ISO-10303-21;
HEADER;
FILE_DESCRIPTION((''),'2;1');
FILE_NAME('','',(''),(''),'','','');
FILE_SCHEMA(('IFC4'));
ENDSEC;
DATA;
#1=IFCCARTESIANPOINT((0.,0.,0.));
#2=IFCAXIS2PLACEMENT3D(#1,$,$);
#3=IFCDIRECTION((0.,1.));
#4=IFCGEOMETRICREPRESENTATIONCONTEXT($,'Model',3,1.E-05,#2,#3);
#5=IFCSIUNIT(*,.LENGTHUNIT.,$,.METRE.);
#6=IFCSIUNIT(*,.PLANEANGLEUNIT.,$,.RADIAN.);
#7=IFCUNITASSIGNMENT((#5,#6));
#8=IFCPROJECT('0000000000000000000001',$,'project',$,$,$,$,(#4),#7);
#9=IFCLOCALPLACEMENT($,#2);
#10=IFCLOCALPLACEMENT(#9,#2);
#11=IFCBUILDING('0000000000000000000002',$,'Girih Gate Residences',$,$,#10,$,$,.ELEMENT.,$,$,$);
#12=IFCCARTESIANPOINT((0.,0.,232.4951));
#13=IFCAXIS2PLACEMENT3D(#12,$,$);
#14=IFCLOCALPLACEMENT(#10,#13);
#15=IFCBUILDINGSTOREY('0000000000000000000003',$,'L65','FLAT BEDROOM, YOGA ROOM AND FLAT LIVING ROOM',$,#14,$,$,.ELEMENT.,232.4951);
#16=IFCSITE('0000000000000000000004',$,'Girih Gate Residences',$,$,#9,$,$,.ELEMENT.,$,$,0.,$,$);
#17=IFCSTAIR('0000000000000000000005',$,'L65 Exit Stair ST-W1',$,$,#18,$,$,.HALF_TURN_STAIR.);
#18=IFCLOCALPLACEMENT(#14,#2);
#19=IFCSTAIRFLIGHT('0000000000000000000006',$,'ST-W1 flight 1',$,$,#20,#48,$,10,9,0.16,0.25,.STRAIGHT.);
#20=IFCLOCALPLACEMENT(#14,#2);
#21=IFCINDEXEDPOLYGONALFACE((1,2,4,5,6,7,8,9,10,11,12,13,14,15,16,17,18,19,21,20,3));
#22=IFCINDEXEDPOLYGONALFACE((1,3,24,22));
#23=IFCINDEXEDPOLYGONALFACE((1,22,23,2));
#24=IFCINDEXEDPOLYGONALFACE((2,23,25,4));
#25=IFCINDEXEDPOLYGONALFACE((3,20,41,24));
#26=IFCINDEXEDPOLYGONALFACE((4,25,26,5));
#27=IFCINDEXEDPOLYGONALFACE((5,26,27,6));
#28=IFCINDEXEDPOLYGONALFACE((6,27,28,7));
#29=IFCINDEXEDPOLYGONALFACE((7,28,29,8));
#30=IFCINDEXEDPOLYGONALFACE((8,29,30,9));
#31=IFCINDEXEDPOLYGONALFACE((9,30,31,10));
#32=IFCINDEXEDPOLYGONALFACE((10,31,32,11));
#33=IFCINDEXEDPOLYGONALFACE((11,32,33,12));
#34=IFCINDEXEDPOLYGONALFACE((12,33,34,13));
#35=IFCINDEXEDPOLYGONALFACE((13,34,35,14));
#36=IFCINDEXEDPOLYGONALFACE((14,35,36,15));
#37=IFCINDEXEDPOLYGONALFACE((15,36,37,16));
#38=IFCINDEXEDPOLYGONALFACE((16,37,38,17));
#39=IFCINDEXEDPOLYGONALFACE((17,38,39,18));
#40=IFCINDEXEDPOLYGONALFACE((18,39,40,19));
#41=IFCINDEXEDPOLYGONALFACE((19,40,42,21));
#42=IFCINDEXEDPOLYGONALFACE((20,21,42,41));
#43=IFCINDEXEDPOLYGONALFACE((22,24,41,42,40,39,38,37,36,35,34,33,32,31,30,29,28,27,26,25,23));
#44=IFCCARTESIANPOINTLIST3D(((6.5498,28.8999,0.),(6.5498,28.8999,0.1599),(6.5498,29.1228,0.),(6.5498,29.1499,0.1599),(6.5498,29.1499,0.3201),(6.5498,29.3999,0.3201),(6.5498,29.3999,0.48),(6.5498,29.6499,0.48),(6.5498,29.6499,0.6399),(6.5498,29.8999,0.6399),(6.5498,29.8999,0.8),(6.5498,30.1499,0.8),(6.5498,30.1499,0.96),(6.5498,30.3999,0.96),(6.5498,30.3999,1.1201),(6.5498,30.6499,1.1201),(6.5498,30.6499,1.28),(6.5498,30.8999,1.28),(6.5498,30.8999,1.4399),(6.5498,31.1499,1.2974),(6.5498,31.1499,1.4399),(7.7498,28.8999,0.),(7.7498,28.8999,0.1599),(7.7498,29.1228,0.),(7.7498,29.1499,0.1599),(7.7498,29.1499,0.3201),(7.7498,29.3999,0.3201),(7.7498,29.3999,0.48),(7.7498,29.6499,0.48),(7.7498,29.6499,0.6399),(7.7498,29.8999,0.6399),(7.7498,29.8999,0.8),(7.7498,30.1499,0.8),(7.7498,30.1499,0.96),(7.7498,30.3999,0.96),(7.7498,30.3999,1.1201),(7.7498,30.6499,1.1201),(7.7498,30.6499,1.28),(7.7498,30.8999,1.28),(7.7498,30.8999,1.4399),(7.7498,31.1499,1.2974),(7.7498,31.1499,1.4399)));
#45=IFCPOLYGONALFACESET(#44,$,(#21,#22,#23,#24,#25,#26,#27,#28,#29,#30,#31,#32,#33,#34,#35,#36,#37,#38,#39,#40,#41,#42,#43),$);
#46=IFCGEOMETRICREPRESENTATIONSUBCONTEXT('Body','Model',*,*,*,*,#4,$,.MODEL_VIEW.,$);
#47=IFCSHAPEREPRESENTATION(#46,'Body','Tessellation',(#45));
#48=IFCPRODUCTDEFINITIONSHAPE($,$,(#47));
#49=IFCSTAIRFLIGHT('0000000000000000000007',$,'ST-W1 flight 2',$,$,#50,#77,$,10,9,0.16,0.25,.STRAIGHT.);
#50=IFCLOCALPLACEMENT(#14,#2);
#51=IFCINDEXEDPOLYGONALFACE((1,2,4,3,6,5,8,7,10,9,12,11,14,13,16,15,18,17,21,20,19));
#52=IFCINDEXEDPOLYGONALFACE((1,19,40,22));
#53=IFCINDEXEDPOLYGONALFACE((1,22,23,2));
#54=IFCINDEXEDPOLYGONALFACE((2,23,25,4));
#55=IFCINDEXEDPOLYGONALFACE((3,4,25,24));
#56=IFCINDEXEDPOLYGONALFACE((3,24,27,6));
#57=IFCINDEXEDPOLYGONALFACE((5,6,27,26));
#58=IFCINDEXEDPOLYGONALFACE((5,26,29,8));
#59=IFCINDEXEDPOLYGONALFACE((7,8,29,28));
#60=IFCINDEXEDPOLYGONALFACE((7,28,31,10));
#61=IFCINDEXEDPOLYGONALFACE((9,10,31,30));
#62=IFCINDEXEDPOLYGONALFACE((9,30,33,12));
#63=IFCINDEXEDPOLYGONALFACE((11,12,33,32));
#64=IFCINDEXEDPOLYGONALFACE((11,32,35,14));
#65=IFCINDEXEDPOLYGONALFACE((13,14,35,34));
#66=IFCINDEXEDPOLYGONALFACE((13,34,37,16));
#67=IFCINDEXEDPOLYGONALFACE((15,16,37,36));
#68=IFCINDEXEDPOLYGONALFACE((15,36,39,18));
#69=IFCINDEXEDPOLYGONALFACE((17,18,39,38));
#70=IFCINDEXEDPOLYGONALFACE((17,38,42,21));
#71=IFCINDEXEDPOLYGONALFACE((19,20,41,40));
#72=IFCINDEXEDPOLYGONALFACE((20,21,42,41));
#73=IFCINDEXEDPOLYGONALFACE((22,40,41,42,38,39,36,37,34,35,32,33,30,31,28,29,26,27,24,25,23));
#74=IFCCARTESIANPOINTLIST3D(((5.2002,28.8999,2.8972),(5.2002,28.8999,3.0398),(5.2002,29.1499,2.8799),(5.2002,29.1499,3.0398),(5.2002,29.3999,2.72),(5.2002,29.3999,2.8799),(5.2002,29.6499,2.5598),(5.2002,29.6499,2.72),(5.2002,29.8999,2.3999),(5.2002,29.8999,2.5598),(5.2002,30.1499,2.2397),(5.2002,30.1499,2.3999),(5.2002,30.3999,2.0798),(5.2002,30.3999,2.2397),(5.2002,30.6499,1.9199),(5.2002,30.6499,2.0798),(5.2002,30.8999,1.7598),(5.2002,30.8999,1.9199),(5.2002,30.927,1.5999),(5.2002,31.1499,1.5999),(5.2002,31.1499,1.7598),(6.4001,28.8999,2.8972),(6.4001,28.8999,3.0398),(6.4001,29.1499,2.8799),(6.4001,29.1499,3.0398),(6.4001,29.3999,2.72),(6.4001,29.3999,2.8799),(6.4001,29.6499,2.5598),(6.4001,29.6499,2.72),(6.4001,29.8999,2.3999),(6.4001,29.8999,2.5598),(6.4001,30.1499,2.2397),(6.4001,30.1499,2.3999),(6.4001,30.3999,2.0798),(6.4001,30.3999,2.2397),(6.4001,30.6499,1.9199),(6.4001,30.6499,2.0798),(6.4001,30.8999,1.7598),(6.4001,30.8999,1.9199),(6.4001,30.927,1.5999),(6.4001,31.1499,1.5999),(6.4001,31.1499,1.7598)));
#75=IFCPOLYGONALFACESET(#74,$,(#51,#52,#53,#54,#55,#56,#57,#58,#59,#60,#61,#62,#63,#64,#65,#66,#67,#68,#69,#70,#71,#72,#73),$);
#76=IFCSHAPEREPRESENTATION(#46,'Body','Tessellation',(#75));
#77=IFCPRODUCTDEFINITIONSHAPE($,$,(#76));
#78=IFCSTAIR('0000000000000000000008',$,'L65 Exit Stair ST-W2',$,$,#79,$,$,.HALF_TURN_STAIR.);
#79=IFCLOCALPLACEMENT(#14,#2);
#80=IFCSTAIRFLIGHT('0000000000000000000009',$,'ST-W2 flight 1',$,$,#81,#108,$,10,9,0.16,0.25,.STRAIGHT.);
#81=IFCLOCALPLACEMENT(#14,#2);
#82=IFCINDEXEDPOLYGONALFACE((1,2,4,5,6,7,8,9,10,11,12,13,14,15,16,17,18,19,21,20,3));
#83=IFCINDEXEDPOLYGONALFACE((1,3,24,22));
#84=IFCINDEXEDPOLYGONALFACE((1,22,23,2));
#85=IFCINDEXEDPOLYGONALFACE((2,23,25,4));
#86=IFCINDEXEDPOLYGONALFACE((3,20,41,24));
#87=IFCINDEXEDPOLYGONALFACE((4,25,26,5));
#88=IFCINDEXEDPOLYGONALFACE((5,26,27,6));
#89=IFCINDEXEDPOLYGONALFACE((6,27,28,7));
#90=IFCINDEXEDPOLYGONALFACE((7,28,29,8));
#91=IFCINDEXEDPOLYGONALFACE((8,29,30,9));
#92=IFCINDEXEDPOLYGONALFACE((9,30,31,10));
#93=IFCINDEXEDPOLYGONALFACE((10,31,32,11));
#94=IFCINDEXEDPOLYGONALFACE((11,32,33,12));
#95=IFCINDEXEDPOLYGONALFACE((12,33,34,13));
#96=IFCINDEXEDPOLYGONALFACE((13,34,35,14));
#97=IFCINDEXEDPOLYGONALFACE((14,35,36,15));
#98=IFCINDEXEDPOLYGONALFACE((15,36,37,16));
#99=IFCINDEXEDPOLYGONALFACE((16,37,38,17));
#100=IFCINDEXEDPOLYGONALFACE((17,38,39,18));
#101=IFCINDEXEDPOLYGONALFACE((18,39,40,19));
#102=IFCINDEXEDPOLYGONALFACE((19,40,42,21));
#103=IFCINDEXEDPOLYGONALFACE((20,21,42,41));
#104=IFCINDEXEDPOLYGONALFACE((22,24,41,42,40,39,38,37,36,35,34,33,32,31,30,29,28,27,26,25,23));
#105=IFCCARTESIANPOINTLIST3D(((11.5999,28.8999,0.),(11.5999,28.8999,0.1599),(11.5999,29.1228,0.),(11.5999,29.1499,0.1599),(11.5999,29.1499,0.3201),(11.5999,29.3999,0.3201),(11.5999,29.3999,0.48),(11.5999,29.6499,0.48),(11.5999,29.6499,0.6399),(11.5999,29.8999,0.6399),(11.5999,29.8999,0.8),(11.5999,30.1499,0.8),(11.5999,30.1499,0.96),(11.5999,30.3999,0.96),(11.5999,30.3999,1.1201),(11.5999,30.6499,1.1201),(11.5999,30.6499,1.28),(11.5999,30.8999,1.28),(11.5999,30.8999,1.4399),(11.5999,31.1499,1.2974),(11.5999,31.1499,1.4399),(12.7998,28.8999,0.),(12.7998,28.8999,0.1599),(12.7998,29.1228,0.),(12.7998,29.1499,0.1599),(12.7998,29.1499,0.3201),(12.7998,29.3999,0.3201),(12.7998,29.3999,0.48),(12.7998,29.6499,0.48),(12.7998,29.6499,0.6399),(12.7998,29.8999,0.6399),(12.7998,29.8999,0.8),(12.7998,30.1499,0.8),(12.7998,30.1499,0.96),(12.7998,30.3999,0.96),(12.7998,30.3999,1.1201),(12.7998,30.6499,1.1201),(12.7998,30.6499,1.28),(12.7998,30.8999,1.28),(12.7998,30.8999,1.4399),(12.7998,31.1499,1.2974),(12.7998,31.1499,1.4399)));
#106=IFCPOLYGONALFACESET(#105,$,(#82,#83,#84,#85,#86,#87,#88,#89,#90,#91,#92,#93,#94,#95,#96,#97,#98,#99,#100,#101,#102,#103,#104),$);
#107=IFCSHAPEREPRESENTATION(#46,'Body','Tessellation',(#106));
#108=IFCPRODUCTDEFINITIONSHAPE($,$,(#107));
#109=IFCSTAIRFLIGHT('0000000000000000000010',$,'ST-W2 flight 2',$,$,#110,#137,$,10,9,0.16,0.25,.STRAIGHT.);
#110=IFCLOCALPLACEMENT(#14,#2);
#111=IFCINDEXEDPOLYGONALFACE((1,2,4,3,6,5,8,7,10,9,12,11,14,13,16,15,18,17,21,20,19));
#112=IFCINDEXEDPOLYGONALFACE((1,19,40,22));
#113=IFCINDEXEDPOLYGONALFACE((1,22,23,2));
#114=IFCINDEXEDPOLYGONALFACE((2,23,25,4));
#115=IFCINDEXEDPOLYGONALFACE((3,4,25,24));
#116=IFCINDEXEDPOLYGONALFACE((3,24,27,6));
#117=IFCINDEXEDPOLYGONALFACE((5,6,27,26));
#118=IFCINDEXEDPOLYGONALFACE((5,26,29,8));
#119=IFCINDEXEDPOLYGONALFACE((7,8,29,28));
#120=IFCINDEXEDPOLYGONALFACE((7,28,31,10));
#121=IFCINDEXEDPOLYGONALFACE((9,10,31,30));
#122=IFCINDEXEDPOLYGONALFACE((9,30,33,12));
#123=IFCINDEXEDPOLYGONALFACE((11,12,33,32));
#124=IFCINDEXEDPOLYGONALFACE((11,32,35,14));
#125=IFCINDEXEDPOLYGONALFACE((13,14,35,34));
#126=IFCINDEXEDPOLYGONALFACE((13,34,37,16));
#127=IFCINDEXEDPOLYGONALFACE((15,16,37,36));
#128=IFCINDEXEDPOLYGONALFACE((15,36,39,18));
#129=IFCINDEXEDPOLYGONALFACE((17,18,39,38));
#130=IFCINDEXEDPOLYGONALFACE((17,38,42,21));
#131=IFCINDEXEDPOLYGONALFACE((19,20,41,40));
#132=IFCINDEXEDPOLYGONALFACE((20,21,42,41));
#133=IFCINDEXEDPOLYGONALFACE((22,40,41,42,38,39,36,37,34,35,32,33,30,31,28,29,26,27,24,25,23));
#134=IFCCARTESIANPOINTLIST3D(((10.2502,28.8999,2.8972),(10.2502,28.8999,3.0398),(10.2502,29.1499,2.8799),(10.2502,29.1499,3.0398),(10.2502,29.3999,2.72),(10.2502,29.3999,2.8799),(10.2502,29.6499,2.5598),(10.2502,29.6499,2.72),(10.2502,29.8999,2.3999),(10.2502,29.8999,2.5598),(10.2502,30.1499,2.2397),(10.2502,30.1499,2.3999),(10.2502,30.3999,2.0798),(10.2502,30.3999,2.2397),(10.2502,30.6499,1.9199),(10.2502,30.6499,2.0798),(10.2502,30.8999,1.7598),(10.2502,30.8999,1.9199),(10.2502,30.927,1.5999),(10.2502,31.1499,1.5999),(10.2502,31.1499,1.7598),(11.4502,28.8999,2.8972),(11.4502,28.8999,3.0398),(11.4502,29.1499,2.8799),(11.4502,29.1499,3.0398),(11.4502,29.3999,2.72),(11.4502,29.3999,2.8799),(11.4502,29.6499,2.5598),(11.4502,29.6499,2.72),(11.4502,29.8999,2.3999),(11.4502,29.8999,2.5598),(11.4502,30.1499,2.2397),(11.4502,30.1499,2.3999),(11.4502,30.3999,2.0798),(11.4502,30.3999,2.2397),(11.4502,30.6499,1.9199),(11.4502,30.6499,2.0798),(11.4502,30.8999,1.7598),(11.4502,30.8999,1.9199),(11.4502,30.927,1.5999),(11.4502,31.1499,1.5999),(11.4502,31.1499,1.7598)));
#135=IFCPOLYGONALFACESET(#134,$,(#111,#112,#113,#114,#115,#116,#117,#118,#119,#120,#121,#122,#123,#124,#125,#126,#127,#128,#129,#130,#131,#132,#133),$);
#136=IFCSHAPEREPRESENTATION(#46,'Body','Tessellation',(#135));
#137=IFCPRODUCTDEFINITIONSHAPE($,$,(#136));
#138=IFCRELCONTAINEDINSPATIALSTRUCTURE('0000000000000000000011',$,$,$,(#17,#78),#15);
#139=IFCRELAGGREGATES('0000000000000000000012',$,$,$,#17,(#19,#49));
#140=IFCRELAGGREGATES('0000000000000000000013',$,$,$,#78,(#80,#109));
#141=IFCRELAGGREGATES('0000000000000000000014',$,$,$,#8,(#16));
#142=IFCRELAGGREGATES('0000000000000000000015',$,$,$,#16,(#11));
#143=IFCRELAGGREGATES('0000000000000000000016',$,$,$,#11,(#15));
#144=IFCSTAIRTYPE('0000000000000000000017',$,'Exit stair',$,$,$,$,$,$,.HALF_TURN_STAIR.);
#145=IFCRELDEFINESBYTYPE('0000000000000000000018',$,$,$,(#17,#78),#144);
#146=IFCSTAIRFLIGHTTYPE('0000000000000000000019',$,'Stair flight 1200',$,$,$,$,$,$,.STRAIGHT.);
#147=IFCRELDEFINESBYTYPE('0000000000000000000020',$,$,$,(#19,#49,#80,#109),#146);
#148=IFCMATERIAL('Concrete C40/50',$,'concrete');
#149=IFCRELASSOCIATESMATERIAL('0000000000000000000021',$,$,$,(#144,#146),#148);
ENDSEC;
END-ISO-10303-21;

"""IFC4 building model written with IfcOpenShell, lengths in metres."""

from ifc_helpers import new_model, si_unit, direction, frame, origin, place, context, subcontext, project, spatial, polyline, outline, extrude, material, type_object, element, aggregate, save


model = new_model("IFC4")

# Units and contexts
model_context = context("Model", 3, precision=1e-05, world=origin(), true_north=direction((0.0, 1.0)))
body_context = subcontext(model_context, "Body", "Model", "MODEL_VIEW")
ifc_project = project(units=[si_unit("LENGTHUNIT", "METRE"), si_unit("PLANEANGLEUNIT", "RADIAN")], contexts=[model_context])

# Site, building, storey
site_placement = place(None, origin())
site = spatial("IfcSite", under=ifc_project, at=site_placement, Name="Girih Gate Residences", CompositionType="ELEMENT", RefElevation=0.0)
building_placement = place(site_placement, origin())
building = spatial("IfcBuilding", under=site, at=building_placement, Name="Girih Gate Residences", CompositionType="ELEMENT")
storey_placement = place(building_placement, frame((0.0, 0.0, 232.4951)))
storey = spatial("IfcBuildingStorey", under=building, at=storey_placement, Name="L65", Description="FLAT BEDROOM, YOGA ROOM AND FLAT LIVING ROOM", CompositionType="ELEMENT", Elevation=232.4951)

# Shared definitions
ifc_material_1 = material(Name="Concrete C40/50", Category="concrete")

# Stairs, stair flights
stair_type = type_object("IfcStairType", Name="Exit stair", PredefinedType="HALF_TURN_STAIR", material=ifc_material_1)
stair_1_placement = place(storey_placement, origin())
stair_1 = element("IfcStair", 1, at=stair_1_placement, inside=storey, type_object=stair_type, Name="L65 Exit Stair ST-W1", PredefinedType="HALF_TURN_STAIR")
stair_flight_type = type_object("IfcStairFlightType", Name="Stair flight 1200", PredefinedType="STRAIGHT", material=ifc_material_1)
stair_flight_1_placement = place(storey_placement, frame((7.1499, 28.8999, 0.0), z_axis=(0.0, 0.0, 1.0), x_axis=(0.0, 1.0, 0.0)))
stair_flight_1 = element("IfcStairFlight", 2, at=stair_flight_1_placement, type_object=stair_flight_type, Name="ST-W1 flight 1", NumberOfRisers=10, NumberOfTreads=9, PredefinedType="STRAIGHT", RiserHeight=0.16, TreadLength=0.25, context=body_context, shape_type="SweptSolid", body=[
    extrude(outline(polyline([(0.0, 0.0), (0.0, 0.1599), (0.25, 0.1599), (0.25, 0.3201), (0.5, 0.3201), (0.5, 0.48), (0.75, 0.48), (0.75, 0.6399), (1.0, 0.6399), (1.0, 0.8), (1.25, 0.8), (1.25, 0.96), (1.5, 0.96), (1.5, 1.1201), (1.75, 1.1201), (1.75, 1.28), (2.0, 1.28), (2.0, 1.4399), (2.25, 1.4399), (2.25, 1.6001), (2.25, 1.2974), (0.2229, 0.0), (0.0, 0.0)])), frame((0.0, 0.6001, 0.0), z_axis=(0.0, -1.0, 0.0), x_axis=(1.0, 0.0, 0.0)), (0.0, 0.0, 1.0), 1.2),
])
stair_flight_2_placement = place(storey_placement, frame((5.8, 31.1499, 1.5999), z_axis=(0.0, 0.0, 1.0), x_axis=(0.0, -1.0, 0.0)))
stair_flight_2 = element("IfcStairFlight", 3, at=stair_flight_2_placement, type_object=stair_flight_type, Name="ST-W1 flight 2", NumberOfRisers=10, NumberOfTreads=9, PredefinedType="STRAIGHT", RiserHeight=0.16, TreadLength=0.25, context=body_context, shape_type="SweptSolid", body=[
    extrude(outline(polyline([(0.0, 0.0), (0.0, 0.1599), (0.25, 0.1599), (0.25, 0.3201), (0.5, 0.3201), (0.5, 0.48), (0.75, 0.48), (0.75, 0.6399), (1.0, 0.6399), (1.0, 0.8), (1.25, 0.8), (1.25, 0.96), (1.5, 0.96), (1.5, 1.1201), (1.75, 1.1201), (1.75, 1.28), (2.0, 1.28), (2.0, 1.4399), (2.25, 1.4399), (2.25, 1.6001), (2.25, 1.2974), (0.2229, 0.0), (0.0, 0.0)])), frame((0.0, 0.6001, 0.0), z_axis=(0.0, -1.0, 0.0), x_axis=(1.0, 0.0, 0.0)), (0.0, 0.0, 1.0), 1.2),
])
aggregate(stair_1, [stair_flight_1, stair_flight_2])
stair_2_placement = place(storey_placement, origin())
stair_2 = element("IfcStair", 4, at=stair_2_placement, inside=storey, type_object=stair_type, Name="L65 Exit Stair ST-W2", PredefinedType="HALF_TURN_STAIR")
stair_flight_3_placement = place(storey_placement, frame((12.2, 28.8999, 0.0), z_axis=(0.0, 0.0, 1.0), x_axis=(0.0, 1.0, 0.0)))
stair_flight_3 = element("IfcStairFlight", 5, at=stair_flight_3_placement, type_object=stair_flight_type, Name="ST-W2 flight 1", NumberOfRisers=10, NumberOfTreads=9, PredefinedType="STRAIGHT", RiserHeight=0.16, TreadLength=0.25, context=body_context, shape_type="SweptSolid", body=[
    extrude(outline(polyline([(0.0, 0.0), (0.0, 0.1599), (0.25, 0.1599), (0.25, 0.3201), (0.5, 0.3201), (0.5, 0.48), (0.75, 0.48), (0.75, 0.6399), (1.0, 0.6399), (1.0, 0.8), (1.25, 0.8), (1.25, 0.96), (1.5, 0.96), (1.5, 1.1201), (1.75, 1.1201), (1.75, 1.28), (2.0, 1.28), (2.0, 1.4399), (2.25, 1.4399), (2.25, 1.6001), (2.25, 1.2974), (0.2229, 0.0), (0.0, 0.0)])), frame((0.0, 0.6001, 0.0), z_axis=(0.0, -1.0, 0.0), x_axis=(1.0, 0.0, 0.0)), (0.0, 0.0, 1.0), 1.2),
])
stair_flight_4_placement = place(storey_placement, frame((10.8501, 31.1499, 1.5999), z_axis=(0.0, 0.0, 1.0), x_axis=(0.0, -1.0, 0.0)))
stair_flight_4 = element("IfcStairFlight", 6, at=stair_flight_4_placement, type_object=stair_flight_type, Name="ST-W2 flight 2", NumberOfRisers=10, NumberOfTreads=9, PredefinedType="STRAIGHT", RiserHeight=0.16, TreadLength=0.25, context=body_context, shape_type="SweptSolid", body=[
    extrude(outline(polyline([(0.0, 0.0), (0.0, 0.1599), (0.25, 0.1599), (0.25, 0.3201), (0.5, 0.3201), (0.5, 0.48), (0.75, 0.48), (0.75, 0.6399), (1.0, 0.6399), (1.0, 0.8), (1.25, 0.8), (1.25, 0.96), (1.5, 0.96), (1.5, 1.1201), (1.75, 1.1201), (1.75, 1.28), (2.0, 1.28), (2.0, 1.4399), (2.25, 1.4399), (2.25, 1.6001), (2.25, 1.2974), (0.2229, 0.0), (0.0, 0.0)])), frame((0.0, 0.6001, 0.0), z_axis=(0.0, -1.0, 0.0), x_axis=(1.0, 0.0, 0.0)), (0.0, 0.0, 1.0), 1.2),
])
aggregate(stair_2, [stair_flight_3, stair_flight_4])

save(model, "model.ifc")
